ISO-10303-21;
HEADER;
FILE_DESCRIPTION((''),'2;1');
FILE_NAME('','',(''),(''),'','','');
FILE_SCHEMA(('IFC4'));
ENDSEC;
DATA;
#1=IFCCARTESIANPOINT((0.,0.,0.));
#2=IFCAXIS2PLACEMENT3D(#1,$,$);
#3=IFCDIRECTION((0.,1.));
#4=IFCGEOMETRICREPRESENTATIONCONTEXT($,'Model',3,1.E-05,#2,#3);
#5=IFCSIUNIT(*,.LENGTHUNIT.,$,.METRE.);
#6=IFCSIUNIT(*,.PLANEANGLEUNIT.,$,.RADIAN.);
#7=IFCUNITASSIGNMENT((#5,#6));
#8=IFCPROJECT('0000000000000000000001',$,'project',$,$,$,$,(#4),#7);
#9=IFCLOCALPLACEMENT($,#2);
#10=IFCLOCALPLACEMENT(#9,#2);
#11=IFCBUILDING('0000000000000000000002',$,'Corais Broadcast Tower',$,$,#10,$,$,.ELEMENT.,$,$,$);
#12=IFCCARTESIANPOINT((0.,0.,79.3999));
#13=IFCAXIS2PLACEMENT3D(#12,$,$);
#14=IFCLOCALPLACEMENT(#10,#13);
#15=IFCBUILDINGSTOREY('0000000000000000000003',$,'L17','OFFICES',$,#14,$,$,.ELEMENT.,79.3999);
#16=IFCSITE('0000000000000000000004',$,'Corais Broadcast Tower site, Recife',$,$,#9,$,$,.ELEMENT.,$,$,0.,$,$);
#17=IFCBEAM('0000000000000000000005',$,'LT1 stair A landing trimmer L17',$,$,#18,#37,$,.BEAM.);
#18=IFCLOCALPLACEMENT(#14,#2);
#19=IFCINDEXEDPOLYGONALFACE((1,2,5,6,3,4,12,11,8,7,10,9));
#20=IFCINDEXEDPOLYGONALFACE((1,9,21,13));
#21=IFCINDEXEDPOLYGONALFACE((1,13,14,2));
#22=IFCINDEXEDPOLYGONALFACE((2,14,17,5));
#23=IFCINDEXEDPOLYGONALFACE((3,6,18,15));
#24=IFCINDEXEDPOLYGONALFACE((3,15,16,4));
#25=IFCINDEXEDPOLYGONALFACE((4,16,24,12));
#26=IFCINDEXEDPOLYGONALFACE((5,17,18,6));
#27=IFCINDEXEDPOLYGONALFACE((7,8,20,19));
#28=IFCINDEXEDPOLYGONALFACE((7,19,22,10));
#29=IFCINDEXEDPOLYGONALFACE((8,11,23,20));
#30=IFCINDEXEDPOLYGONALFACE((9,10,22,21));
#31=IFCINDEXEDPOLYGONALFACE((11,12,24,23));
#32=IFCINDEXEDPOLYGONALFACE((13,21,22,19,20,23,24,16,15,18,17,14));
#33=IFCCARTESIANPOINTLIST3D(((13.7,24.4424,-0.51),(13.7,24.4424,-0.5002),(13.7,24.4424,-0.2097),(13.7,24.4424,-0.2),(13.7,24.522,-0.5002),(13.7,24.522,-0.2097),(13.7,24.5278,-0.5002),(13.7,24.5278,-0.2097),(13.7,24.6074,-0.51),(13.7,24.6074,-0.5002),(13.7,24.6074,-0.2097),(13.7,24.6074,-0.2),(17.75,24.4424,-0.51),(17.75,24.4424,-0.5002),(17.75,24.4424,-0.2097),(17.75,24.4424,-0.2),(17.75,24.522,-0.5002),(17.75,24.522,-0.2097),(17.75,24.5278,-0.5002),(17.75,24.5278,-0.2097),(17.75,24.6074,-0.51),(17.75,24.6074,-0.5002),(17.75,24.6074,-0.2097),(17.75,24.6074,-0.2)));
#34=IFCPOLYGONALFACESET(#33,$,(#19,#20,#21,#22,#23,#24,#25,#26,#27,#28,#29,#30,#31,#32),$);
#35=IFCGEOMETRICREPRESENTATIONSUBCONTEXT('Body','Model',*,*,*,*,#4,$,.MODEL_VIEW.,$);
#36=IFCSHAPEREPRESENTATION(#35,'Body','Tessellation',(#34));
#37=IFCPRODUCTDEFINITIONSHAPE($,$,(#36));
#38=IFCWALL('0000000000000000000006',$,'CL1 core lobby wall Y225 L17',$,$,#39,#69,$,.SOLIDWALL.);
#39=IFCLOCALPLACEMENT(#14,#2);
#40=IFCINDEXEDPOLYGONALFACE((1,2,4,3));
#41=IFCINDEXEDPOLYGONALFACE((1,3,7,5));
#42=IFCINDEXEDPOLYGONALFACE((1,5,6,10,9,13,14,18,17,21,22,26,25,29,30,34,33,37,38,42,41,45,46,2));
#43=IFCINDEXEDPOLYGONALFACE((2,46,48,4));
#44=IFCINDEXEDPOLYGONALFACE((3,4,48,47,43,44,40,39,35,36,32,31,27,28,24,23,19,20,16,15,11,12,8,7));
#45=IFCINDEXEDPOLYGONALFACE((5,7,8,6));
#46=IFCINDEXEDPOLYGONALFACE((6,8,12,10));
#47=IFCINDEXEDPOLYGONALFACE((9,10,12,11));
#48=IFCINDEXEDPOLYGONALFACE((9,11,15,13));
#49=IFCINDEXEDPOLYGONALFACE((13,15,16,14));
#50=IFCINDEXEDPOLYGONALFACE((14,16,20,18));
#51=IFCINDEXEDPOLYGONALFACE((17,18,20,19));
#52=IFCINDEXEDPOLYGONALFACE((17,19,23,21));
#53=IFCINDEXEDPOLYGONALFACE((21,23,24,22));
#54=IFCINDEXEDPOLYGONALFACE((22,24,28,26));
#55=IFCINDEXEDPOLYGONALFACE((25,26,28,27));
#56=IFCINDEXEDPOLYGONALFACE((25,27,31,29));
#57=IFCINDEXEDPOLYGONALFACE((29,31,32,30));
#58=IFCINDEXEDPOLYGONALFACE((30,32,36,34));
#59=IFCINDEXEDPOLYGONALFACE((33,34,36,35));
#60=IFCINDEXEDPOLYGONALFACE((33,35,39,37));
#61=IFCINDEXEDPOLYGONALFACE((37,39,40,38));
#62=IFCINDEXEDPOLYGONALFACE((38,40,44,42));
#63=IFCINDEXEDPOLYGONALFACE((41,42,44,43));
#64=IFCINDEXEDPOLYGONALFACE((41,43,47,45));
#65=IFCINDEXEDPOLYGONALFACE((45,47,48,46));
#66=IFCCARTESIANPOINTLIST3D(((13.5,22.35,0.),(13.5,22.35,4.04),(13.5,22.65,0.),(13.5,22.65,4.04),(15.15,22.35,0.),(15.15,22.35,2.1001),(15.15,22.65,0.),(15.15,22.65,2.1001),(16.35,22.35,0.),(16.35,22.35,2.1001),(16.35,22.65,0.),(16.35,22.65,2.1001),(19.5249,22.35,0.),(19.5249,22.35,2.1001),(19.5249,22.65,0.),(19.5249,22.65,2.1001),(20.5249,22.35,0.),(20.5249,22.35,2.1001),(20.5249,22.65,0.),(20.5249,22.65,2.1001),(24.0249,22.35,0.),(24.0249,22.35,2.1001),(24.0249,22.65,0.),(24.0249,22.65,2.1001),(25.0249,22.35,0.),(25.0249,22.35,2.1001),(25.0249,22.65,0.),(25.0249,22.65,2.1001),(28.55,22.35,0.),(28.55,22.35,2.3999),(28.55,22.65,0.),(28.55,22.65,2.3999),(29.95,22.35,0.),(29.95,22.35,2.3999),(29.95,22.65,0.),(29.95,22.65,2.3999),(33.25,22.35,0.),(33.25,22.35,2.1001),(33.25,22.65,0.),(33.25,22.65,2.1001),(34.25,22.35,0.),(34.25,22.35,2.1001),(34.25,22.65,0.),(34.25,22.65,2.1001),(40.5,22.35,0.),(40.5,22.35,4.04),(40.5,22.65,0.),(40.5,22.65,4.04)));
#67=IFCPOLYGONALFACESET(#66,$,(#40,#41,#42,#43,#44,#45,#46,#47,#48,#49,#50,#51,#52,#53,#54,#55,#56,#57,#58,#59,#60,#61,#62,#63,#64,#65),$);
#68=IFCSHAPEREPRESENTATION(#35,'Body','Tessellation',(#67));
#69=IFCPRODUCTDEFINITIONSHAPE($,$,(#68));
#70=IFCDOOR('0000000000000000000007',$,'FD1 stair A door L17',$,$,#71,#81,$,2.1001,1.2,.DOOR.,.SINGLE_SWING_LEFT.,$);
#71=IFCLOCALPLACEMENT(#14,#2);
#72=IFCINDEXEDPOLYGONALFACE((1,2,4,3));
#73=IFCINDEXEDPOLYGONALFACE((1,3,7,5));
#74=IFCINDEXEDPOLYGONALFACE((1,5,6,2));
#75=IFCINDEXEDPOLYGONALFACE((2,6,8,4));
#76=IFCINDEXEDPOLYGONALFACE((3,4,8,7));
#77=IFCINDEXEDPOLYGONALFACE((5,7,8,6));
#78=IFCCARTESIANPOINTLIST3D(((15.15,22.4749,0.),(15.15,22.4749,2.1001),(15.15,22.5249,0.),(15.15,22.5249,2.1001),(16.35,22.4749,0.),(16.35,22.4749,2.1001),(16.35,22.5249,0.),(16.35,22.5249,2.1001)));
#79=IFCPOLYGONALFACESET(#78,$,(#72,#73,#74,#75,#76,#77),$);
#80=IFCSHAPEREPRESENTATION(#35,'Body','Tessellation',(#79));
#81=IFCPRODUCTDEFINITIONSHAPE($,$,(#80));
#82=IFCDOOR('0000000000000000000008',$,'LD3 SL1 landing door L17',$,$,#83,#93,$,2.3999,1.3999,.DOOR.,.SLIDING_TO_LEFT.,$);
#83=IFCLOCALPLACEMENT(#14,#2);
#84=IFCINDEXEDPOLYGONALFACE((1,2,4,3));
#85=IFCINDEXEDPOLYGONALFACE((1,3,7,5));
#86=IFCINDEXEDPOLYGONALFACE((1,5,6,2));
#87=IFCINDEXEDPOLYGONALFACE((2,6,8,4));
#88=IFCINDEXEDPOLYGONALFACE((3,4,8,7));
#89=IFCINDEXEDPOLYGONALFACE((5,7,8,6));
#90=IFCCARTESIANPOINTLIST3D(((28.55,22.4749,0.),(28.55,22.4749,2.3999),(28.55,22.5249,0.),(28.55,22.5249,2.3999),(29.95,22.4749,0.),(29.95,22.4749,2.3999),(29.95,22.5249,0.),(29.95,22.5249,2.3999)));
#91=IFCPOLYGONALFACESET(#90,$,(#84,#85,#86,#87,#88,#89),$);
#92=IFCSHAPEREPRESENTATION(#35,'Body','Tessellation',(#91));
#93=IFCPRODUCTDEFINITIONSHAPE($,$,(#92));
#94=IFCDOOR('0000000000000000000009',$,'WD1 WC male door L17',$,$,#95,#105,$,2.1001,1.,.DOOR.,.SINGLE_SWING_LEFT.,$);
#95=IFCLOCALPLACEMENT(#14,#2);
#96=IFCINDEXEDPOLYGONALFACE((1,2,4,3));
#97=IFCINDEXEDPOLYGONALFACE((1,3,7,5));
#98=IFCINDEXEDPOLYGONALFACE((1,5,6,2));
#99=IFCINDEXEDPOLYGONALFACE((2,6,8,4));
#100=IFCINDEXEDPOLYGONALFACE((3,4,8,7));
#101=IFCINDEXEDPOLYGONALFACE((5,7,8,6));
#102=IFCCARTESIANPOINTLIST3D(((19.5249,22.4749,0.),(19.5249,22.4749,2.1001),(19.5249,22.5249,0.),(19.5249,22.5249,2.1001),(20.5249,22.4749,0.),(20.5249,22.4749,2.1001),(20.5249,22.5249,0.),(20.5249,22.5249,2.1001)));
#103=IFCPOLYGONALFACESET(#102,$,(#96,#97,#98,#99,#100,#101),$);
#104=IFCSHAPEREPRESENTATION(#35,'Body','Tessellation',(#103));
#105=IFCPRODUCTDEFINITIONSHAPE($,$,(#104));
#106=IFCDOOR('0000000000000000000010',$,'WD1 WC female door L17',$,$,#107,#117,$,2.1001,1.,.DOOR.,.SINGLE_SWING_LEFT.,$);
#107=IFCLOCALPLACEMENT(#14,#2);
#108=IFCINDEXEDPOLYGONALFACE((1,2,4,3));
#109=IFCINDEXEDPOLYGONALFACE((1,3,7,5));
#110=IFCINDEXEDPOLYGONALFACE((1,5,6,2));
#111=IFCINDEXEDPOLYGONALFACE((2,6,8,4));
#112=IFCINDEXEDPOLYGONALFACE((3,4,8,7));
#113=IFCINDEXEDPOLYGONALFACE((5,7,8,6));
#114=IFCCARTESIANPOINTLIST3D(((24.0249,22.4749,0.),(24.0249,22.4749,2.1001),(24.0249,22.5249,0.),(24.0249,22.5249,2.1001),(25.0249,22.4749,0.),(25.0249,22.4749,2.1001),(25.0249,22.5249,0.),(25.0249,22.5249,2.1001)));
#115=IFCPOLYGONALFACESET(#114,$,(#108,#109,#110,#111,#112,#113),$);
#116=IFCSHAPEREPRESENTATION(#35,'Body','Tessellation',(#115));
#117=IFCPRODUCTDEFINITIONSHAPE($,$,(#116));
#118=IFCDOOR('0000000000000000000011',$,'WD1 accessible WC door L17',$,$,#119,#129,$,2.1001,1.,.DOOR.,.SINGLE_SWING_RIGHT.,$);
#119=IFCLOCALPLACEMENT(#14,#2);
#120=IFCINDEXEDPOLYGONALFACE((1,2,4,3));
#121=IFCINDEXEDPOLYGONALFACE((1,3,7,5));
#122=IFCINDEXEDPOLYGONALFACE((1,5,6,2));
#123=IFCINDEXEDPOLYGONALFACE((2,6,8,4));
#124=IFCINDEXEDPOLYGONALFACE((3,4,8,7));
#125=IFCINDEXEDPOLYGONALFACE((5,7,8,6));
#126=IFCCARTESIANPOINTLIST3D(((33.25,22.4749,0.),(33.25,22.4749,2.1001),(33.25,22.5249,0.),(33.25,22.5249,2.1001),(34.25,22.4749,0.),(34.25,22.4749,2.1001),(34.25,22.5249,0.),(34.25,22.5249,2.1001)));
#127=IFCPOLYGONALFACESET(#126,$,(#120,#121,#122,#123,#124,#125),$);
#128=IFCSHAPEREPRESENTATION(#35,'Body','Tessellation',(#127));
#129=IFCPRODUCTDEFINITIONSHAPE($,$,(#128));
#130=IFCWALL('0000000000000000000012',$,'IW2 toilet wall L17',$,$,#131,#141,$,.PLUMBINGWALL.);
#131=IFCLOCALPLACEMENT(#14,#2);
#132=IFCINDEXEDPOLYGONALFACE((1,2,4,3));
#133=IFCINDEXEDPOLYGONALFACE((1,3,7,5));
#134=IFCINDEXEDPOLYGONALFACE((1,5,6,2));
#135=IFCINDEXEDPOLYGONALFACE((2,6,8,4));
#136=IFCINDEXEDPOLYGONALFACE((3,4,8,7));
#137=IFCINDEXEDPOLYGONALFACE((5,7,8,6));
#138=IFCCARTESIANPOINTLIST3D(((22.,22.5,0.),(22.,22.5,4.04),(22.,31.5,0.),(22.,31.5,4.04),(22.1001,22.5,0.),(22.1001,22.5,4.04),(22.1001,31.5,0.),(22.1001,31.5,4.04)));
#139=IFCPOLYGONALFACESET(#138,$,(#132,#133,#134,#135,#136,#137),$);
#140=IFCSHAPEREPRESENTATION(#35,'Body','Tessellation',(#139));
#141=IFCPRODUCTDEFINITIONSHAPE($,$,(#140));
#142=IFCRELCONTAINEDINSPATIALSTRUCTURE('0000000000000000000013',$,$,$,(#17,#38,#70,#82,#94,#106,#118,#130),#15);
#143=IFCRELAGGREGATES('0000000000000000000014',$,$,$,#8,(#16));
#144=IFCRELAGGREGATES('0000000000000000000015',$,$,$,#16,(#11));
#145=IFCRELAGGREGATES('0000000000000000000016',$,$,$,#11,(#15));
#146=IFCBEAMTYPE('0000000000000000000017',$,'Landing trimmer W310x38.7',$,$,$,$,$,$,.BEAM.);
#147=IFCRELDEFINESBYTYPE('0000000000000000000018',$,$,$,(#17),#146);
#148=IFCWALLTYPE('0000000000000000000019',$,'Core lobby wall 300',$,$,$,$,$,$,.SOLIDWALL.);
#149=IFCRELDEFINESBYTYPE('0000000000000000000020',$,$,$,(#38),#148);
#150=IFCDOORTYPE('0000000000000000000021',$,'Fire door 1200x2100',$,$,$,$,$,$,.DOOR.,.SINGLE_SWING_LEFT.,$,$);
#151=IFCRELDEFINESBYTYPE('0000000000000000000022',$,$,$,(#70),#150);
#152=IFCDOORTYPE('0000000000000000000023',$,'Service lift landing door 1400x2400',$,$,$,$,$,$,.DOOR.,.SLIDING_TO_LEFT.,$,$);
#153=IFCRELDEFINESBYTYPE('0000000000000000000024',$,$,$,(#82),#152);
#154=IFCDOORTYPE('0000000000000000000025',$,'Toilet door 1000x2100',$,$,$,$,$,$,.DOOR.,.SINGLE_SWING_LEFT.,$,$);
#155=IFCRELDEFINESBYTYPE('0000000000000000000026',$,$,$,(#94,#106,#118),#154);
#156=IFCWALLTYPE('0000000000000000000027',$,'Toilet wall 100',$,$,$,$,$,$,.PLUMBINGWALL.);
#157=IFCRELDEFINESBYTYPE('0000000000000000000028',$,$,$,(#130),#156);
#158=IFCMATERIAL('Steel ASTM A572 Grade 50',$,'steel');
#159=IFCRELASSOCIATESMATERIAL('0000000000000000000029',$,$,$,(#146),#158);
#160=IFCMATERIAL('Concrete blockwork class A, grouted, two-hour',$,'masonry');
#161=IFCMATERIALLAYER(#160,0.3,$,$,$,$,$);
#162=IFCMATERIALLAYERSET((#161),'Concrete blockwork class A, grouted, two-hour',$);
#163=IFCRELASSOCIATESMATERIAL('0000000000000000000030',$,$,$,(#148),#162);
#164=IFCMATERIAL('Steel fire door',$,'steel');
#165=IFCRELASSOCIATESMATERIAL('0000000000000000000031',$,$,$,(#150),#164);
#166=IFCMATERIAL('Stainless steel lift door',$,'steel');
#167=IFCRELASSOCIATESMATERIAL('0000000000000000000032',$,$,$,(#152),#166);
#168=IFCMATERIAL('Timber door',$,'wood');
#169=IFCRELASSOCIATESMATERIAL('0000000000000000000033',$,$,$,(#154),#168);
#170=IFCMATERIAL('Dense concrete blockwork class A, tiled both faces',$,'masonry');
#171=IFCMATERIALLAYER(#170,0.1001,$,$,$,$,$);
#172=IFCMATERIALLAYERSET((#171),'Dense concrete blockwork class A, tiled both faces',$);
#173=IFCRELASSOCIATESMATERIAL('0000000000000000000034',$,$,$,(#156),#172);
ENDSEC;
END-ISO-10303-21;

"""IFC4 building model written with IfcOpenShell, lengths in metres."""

from ifc_helpers import new_model, si_unit, direction, frame, frame_2d, origin, origin_2d, place, context, subcontext, project, spatial, rectangle, i_section, extrude, material, layer, layer_set, material_profile, profile_set, type_object, element, fill, save


model = new_model("IFC4")

# Units and contexts
model_context = context("Model", 3, precision=1e-05, world=origin(), true_north=direction((0.0, 1.0)))
body_context = subcontext(model_context, "Body", "Model", "MODEL_VIEW")
ifc_project = project(units=[si_unit("LENGTHUNIT", "METRE"), si_unit("PLANEANGLEUNIT", "RADIAN")], contexts=[model_context])

# Site, building, storey
site_placement = place(None, origin())
site = spatial("IfcSite", under=ifc_project, at=site_placement, Name="Corais Broadcast Tower site, Recife", CompositionType="ELEMENT", RefElevation=0.0)
building_placement = place(site_placement, origin())
building = spatial("IfcBuilding", under=site, at=building_placement, Name="Corais Broadcast Tower", CompositionType="ELEMENT")
storey_placement = place(building_placement, frame((0.0, 0.0, 79.3999)))
storey = spatial("IfcBuildingStorey", under=building, at=storey_placement, Name="L17", Description="OFFICES", CompositionType="ELEMENT", Elevation=79.3999)

# Beam
ifc_material_1 = material(Name="Steel ASTM A572 Grade 50", Category="steel")
ifc_material_profile = material_profile(ifc_material_1, i_section(OverallWidth=0.165, OverallDepth=0.3101, WebThickness=0.0059, FlangeThickness=0.0098, at=origin_2d()), Name="W310x38.7")
ifc_profile_set = profile_set([ifc_material_profile], Name="Steel ASTM A572 Grade 50")
beam_type = type_object("IfcBeamType", Name="Landing trimmer W310x38.7", PredefinedType="BEAM", material=ifc_profile_set)
beam_placement = place(storey_placement, frame((13.7, 24.5249, -0.355), z_axis=(1.0, 0.0, 0.0), x_axis=(0.0, 1.0, 0.0)))
element("IfcBeam", 1, at=beam_placement, inside=storey, type_object=beam_type, Name="LT1 stair A landing trimmer L17", PredefinedType="BEAM", context=body_context, shape_type="SweptSolid", body=[
    extrude(i_section(OverallWidth=0.165, OverallDepth=0.3101, WebThickness=0.0059, FlangeThickness=0.0098, at=origin_2d()), origin(), (0.0, 0.0, 1.0), 4.05),
])

# Wall, openings, doors
ifc_material_2 = material(Name="Concrete blockwork class A, grouted, two-hour", Category="masonry")
ifc_layer_1 = layer(ifc_material_2, 0.3)
ifc_layer_set_1 = layer_set([ifc_layer_1], Name="Concrete blockwork class A, grouted, two-hour")
wall_type_1 = type_object("IfcWallType", Name="Core lobby wall 300", PredefinedType="SOLIDWALL", material=ifc_layer_set_1)
wall_1_placement = place(storey_placement, frame((13.5, 22.5, 0.0), z_axis=(0.0, 0.0, 1.0), x_axis=(1.0, 0.0, 0.0)))
wall_1 = element("IfcWall", 2, at=wall_1_placement, inside=storey, type_object=wall_type_1, Name="CL1 core lobby wall Y225 L17", PredefinedType="SOLIDWALL", context=body_context, shape_type="SweptSolid", body=[
    extrude(rectangle(XDim=27.0, YDim=0.3, at=frame_2d((13.5, 0.0))), origin(), (0.0, 0.0, 1.0), 4.04),
])
opening_1_placement = place(wall_1_placement, frame((1.6499, 0.0, 0.0)))
opening_1 = element("IfcOpeningElement", 3, at=opening_1_placement, cuts=wall_1, PredefinedType="OPENING", context=body_context, shape_type="SweptSolid", body=[
    extrude(rectangle(XDim=1.2, YDim=2.1001, at=frame_2d((0.6001, 1.05))), frame((0.0, 0.1599, 0.0), z_axis=(0.0, -1.0, 0.0), x_axis=(1.0, 0.0, 0.0)), (0.0, 0.0, 1.0), 0.3201),
])
opening_2_placement = place(wall_1_placement, frame((6.0249, 0.0, 0.0)))
opening_2 = element("IfcOpeningElement", 4, at=opening_2_placement, cuts=wall_1, PredefinedType="OPENING", context=body_context, shape_type="SweptSolid", body=[
    extrude(rectangle(XDim=1.0, YDim=2.1001, at=frame_2d((0.5, 1.05))), frame((0.0, 0.1599, 0.0), z_axis=(0.0, -1.0, 0.0), x_axis=(1.0, 0.0, 0.0)), (0.0, 0.0, 1.0), 0.3201),
])
opening_3_placement = place(wall_1_placement, frame((10.5249, 0.0, 0.0)))
opening_3 = element("IfcOpeningElement", 5, at=opening_3_placement, cuts=wall_1, PredefinedType="OPENING", context=body_context, shape_type="SweptSolid", body=[
    extrude(rectangle(XDim=1.0, YDim=2.1001, at=frame_2d((0.5, 1.05))), frame((0.0, 0.1599, 0.0), z_axis=(0.0, -1.0, 0.0), x_axis=(1.0, 0.0, 0.0)), (0.0, 0.0, 1.0), 0.3201),
])
opening_4_placement = place(wall_1_placement, frame((19.75, 0.0, 0.0)))
opening_4 = element("IfcOpeningElement", 6, at=opening_4_placement, cuts=wall_1, PredefinedType="OPENING", context=body_context, shape_type="SweptSolid", body=[
    extrude(rectangle(XDim=1.0, YDim=2.1001, at=frame_2d((0.5, 1.05))), frame((0.0, 0.1599, 0.0), z_axis=(0.0, -1.0, 0.0), x_axis=(1.0, 0.0, 0.0)), (0.0, 0.0, 1.0), 0.3201),
])
opening_5_placement = place(wall_1_placement, frame((15.05, 0.0, 0.0)))
opening_5 = element("IfcOpeningElement", 7, at=opening_5_placement, cuts=wall_1, PredefinedType="OPENING", context=body_context, shape_type="SweptSolid", body=[
    extrude(rectangle(XDim=1.3999, YDim=2.3999, at=frame_2d((0.7, 1.2))), frame((0.0, 0.1599, 0.0), z_axis=(0.0, -1.0, 0.0), x_axis=(1.0, 0.0, 0.0)), (0.0, 0.0, 1.0), 0.3201),
])
ifc_material_3 = material(Name="Steel fire door", Category="steel")
door_type_1 = type_object("IfcDoorType", Name="Fire door 1200x2100", OperationType="SINGLE_SWING_LEFT", PredefinedType="DOOR", material=ifc_material_3)
door_1_placement = place(opening_1_placement, origin())
door_1 = element("IfcDoor", 8, at=door_1_placement, inside=storey, type_object=door_type_1, Name="FD1 stair A door L17", OperationType="SINGLE_SWING_LEFT", OverallHeight=2.1001, OverallWidth=1.2, PredefinedType="DOOR", context=body_context, shape_type="SweptSolid", body=[
    extrude(rectangle(XDim=1.2, YDim=2.1001, at=frame_2d((0.6001, 1.05))), frame((0.0, 0.0249, 0.0), z_axis=(0.0, -1.0, 0.0), x_axis=(1.0, 0.0, 0.0)), (0.0, 0.0, 1.0), 0.05),
])
fill(opening_1, door_1)
ifc_material_4 = material(Name="Stainless steel lift door", Category="steel")
door_type_2 = type_object("IfcDoorType", Name="Service lift landing door 1400x2400", OperationType="SLIDING_TO_LEFT", PredefinedType="DOOR", material=ifc_material_4)
door_2_placement = place(opening_5_placement, origin())
door_2 = element("IfcDoor", 9, at=door_2_placement, inside=storey, type_object=door_type_2, Name="LD3 SL1 landing door L17", OperationType="SLIDING_TO_LEFT", OverallHeight=2.3999, OverallWidth=1.3999, PredefinedType="DOOR", context=body_context, shape_type="SweptSolid", body=[
    extrude(rectangle(XDim=1.3999, YDim=2.3999, at=frame_2d((0.7, 1.2))), frame((0.0, 0.0249, 0.0), z_axis=(0.0, -1.0, 0.0), x_axis=(1.0, 0.0, 0.0)), (0.0, 0.0, 1.0), 0.05),
])
fill(opening_5, door_2)
ifc_material_5 = material(Name="Timber door", Category="wood")
door_type_3 = type_object("IfcDoorType", Name="Toilet door 1000x2100", OperationType="SINGLE_SWING_LEFT", PredefinedType="DOOR", material=ifc_material_5)
door_3_placement = place(opening_2_placement, origin())
door_3 = element("IfcDoor", 10, at=door_3_placement, inside=storey, type_object=door_type_3, Name="WD1 WC male door L17", OperationType="SINGLE_SWING_LEFT", OverallHeight=2.1001, OverallWidth=1.0, PredefinedType="DOOR", context=body_context, shape_type="SweptSolid", body=[
    extrude(rectangle(XDim=1.0, YDim=2.1001, at=frame_2d((0.5, 1.05))), frame((0.0, 0.0249, 0.0), z_axis=(0.0, -1.0, 0.0), x_axis=(1.0, 0.0, 0.0)), (0.0, 0.0, 1.0), 0.05),
])
fill(opening_2, door_3)
door_4_placement = place(opening_3_placement, origin())
door_4 = element("IfcDoor", 11, at=door_4_placement, inside=storey, type_object=door_type_3, Name="WD1 WC female door L17", OperationType="SINGLE_SWING_LEFT", OverallHeight=2.1001, OverallWidth=1.0, PredefinedType="DOOR", context=body_context, shape_type="SweptSolid", body=[
    extrude(rectangle(XDim=1.0, YDim=2.1001, at=frame_2d((0.5, 1.05))), frame((0.0, 0.0249, 0.0), z_axis=(0.0, -1.0, 0.0), x_axis=(1.0, 0.0, 0.0)), (0.0, 0.0, 1.0), 0.05),
])
fill(opening_3, door_4)
door_5_placement = place(opening_4_placement, origin())
door_5 = element("IfcDoor", 12, at=door_5_placement, inside=storey, type_object=door_type_3, Name="WD1 accessible WC door L17", OperationType="SINGLE_SWING_RIGHT", OverallHeight=2.1001, OverallWidth=1.0, PredefinedType="DOOR", context=body_context, shape_type="SweptSolid", body=[
    extrude(rectangle(XDim=1.0, YDim=2.1001, at=frame_2d((0.5, 1.05))), frame((0.0, 0.0249, 0.0), z_axis=(0.0, -1.0, 0.0), x_axis=(1.0, 0.0, 0.0)), (0.0, 0.0, 1.0), 0.05),
])
fill(opening_4, door_5)

# Wall
ifc_material_6 = material(Name="Dense concrete blockwork class A, tiled both faces", Category="masonry")
ifc_layer_2 = layer(ifc_material_6, 0.1001)
ifc_layer_set_2 = layer_set([ifc_layer_2], Name="Dense concrete blockwork class A, tiled both faces")
wall_type_2 = type_object("IfcWallType", Name="Toilet wall 100", PredefinedType="PLUMBINGWALL", material=ifc_layer_set_2)
wall_2_placement = place(storey_placement, frame((22.05, 22.5, 0.0), z_axis=(0.0, 0.0, 1.0), x_axis=(0.0, 1.0, 0.0)))
element("IfcWall", 13, at=wall_2_placement, inside=storey, type_object=wall_type_2, Name="IW2 toilet wall L17", PredefinedType="PLUMBINGWALL", context=body_context, shape_type="SweptSolid", body=[
    extrude(rectangle(XDim=9.0, YDim=0.1001, at=frame_2d((4.5, 0.0))), origin(), (0.0, 0.0, 1.0), 4.04),
])

save(model, "model.ifc")
